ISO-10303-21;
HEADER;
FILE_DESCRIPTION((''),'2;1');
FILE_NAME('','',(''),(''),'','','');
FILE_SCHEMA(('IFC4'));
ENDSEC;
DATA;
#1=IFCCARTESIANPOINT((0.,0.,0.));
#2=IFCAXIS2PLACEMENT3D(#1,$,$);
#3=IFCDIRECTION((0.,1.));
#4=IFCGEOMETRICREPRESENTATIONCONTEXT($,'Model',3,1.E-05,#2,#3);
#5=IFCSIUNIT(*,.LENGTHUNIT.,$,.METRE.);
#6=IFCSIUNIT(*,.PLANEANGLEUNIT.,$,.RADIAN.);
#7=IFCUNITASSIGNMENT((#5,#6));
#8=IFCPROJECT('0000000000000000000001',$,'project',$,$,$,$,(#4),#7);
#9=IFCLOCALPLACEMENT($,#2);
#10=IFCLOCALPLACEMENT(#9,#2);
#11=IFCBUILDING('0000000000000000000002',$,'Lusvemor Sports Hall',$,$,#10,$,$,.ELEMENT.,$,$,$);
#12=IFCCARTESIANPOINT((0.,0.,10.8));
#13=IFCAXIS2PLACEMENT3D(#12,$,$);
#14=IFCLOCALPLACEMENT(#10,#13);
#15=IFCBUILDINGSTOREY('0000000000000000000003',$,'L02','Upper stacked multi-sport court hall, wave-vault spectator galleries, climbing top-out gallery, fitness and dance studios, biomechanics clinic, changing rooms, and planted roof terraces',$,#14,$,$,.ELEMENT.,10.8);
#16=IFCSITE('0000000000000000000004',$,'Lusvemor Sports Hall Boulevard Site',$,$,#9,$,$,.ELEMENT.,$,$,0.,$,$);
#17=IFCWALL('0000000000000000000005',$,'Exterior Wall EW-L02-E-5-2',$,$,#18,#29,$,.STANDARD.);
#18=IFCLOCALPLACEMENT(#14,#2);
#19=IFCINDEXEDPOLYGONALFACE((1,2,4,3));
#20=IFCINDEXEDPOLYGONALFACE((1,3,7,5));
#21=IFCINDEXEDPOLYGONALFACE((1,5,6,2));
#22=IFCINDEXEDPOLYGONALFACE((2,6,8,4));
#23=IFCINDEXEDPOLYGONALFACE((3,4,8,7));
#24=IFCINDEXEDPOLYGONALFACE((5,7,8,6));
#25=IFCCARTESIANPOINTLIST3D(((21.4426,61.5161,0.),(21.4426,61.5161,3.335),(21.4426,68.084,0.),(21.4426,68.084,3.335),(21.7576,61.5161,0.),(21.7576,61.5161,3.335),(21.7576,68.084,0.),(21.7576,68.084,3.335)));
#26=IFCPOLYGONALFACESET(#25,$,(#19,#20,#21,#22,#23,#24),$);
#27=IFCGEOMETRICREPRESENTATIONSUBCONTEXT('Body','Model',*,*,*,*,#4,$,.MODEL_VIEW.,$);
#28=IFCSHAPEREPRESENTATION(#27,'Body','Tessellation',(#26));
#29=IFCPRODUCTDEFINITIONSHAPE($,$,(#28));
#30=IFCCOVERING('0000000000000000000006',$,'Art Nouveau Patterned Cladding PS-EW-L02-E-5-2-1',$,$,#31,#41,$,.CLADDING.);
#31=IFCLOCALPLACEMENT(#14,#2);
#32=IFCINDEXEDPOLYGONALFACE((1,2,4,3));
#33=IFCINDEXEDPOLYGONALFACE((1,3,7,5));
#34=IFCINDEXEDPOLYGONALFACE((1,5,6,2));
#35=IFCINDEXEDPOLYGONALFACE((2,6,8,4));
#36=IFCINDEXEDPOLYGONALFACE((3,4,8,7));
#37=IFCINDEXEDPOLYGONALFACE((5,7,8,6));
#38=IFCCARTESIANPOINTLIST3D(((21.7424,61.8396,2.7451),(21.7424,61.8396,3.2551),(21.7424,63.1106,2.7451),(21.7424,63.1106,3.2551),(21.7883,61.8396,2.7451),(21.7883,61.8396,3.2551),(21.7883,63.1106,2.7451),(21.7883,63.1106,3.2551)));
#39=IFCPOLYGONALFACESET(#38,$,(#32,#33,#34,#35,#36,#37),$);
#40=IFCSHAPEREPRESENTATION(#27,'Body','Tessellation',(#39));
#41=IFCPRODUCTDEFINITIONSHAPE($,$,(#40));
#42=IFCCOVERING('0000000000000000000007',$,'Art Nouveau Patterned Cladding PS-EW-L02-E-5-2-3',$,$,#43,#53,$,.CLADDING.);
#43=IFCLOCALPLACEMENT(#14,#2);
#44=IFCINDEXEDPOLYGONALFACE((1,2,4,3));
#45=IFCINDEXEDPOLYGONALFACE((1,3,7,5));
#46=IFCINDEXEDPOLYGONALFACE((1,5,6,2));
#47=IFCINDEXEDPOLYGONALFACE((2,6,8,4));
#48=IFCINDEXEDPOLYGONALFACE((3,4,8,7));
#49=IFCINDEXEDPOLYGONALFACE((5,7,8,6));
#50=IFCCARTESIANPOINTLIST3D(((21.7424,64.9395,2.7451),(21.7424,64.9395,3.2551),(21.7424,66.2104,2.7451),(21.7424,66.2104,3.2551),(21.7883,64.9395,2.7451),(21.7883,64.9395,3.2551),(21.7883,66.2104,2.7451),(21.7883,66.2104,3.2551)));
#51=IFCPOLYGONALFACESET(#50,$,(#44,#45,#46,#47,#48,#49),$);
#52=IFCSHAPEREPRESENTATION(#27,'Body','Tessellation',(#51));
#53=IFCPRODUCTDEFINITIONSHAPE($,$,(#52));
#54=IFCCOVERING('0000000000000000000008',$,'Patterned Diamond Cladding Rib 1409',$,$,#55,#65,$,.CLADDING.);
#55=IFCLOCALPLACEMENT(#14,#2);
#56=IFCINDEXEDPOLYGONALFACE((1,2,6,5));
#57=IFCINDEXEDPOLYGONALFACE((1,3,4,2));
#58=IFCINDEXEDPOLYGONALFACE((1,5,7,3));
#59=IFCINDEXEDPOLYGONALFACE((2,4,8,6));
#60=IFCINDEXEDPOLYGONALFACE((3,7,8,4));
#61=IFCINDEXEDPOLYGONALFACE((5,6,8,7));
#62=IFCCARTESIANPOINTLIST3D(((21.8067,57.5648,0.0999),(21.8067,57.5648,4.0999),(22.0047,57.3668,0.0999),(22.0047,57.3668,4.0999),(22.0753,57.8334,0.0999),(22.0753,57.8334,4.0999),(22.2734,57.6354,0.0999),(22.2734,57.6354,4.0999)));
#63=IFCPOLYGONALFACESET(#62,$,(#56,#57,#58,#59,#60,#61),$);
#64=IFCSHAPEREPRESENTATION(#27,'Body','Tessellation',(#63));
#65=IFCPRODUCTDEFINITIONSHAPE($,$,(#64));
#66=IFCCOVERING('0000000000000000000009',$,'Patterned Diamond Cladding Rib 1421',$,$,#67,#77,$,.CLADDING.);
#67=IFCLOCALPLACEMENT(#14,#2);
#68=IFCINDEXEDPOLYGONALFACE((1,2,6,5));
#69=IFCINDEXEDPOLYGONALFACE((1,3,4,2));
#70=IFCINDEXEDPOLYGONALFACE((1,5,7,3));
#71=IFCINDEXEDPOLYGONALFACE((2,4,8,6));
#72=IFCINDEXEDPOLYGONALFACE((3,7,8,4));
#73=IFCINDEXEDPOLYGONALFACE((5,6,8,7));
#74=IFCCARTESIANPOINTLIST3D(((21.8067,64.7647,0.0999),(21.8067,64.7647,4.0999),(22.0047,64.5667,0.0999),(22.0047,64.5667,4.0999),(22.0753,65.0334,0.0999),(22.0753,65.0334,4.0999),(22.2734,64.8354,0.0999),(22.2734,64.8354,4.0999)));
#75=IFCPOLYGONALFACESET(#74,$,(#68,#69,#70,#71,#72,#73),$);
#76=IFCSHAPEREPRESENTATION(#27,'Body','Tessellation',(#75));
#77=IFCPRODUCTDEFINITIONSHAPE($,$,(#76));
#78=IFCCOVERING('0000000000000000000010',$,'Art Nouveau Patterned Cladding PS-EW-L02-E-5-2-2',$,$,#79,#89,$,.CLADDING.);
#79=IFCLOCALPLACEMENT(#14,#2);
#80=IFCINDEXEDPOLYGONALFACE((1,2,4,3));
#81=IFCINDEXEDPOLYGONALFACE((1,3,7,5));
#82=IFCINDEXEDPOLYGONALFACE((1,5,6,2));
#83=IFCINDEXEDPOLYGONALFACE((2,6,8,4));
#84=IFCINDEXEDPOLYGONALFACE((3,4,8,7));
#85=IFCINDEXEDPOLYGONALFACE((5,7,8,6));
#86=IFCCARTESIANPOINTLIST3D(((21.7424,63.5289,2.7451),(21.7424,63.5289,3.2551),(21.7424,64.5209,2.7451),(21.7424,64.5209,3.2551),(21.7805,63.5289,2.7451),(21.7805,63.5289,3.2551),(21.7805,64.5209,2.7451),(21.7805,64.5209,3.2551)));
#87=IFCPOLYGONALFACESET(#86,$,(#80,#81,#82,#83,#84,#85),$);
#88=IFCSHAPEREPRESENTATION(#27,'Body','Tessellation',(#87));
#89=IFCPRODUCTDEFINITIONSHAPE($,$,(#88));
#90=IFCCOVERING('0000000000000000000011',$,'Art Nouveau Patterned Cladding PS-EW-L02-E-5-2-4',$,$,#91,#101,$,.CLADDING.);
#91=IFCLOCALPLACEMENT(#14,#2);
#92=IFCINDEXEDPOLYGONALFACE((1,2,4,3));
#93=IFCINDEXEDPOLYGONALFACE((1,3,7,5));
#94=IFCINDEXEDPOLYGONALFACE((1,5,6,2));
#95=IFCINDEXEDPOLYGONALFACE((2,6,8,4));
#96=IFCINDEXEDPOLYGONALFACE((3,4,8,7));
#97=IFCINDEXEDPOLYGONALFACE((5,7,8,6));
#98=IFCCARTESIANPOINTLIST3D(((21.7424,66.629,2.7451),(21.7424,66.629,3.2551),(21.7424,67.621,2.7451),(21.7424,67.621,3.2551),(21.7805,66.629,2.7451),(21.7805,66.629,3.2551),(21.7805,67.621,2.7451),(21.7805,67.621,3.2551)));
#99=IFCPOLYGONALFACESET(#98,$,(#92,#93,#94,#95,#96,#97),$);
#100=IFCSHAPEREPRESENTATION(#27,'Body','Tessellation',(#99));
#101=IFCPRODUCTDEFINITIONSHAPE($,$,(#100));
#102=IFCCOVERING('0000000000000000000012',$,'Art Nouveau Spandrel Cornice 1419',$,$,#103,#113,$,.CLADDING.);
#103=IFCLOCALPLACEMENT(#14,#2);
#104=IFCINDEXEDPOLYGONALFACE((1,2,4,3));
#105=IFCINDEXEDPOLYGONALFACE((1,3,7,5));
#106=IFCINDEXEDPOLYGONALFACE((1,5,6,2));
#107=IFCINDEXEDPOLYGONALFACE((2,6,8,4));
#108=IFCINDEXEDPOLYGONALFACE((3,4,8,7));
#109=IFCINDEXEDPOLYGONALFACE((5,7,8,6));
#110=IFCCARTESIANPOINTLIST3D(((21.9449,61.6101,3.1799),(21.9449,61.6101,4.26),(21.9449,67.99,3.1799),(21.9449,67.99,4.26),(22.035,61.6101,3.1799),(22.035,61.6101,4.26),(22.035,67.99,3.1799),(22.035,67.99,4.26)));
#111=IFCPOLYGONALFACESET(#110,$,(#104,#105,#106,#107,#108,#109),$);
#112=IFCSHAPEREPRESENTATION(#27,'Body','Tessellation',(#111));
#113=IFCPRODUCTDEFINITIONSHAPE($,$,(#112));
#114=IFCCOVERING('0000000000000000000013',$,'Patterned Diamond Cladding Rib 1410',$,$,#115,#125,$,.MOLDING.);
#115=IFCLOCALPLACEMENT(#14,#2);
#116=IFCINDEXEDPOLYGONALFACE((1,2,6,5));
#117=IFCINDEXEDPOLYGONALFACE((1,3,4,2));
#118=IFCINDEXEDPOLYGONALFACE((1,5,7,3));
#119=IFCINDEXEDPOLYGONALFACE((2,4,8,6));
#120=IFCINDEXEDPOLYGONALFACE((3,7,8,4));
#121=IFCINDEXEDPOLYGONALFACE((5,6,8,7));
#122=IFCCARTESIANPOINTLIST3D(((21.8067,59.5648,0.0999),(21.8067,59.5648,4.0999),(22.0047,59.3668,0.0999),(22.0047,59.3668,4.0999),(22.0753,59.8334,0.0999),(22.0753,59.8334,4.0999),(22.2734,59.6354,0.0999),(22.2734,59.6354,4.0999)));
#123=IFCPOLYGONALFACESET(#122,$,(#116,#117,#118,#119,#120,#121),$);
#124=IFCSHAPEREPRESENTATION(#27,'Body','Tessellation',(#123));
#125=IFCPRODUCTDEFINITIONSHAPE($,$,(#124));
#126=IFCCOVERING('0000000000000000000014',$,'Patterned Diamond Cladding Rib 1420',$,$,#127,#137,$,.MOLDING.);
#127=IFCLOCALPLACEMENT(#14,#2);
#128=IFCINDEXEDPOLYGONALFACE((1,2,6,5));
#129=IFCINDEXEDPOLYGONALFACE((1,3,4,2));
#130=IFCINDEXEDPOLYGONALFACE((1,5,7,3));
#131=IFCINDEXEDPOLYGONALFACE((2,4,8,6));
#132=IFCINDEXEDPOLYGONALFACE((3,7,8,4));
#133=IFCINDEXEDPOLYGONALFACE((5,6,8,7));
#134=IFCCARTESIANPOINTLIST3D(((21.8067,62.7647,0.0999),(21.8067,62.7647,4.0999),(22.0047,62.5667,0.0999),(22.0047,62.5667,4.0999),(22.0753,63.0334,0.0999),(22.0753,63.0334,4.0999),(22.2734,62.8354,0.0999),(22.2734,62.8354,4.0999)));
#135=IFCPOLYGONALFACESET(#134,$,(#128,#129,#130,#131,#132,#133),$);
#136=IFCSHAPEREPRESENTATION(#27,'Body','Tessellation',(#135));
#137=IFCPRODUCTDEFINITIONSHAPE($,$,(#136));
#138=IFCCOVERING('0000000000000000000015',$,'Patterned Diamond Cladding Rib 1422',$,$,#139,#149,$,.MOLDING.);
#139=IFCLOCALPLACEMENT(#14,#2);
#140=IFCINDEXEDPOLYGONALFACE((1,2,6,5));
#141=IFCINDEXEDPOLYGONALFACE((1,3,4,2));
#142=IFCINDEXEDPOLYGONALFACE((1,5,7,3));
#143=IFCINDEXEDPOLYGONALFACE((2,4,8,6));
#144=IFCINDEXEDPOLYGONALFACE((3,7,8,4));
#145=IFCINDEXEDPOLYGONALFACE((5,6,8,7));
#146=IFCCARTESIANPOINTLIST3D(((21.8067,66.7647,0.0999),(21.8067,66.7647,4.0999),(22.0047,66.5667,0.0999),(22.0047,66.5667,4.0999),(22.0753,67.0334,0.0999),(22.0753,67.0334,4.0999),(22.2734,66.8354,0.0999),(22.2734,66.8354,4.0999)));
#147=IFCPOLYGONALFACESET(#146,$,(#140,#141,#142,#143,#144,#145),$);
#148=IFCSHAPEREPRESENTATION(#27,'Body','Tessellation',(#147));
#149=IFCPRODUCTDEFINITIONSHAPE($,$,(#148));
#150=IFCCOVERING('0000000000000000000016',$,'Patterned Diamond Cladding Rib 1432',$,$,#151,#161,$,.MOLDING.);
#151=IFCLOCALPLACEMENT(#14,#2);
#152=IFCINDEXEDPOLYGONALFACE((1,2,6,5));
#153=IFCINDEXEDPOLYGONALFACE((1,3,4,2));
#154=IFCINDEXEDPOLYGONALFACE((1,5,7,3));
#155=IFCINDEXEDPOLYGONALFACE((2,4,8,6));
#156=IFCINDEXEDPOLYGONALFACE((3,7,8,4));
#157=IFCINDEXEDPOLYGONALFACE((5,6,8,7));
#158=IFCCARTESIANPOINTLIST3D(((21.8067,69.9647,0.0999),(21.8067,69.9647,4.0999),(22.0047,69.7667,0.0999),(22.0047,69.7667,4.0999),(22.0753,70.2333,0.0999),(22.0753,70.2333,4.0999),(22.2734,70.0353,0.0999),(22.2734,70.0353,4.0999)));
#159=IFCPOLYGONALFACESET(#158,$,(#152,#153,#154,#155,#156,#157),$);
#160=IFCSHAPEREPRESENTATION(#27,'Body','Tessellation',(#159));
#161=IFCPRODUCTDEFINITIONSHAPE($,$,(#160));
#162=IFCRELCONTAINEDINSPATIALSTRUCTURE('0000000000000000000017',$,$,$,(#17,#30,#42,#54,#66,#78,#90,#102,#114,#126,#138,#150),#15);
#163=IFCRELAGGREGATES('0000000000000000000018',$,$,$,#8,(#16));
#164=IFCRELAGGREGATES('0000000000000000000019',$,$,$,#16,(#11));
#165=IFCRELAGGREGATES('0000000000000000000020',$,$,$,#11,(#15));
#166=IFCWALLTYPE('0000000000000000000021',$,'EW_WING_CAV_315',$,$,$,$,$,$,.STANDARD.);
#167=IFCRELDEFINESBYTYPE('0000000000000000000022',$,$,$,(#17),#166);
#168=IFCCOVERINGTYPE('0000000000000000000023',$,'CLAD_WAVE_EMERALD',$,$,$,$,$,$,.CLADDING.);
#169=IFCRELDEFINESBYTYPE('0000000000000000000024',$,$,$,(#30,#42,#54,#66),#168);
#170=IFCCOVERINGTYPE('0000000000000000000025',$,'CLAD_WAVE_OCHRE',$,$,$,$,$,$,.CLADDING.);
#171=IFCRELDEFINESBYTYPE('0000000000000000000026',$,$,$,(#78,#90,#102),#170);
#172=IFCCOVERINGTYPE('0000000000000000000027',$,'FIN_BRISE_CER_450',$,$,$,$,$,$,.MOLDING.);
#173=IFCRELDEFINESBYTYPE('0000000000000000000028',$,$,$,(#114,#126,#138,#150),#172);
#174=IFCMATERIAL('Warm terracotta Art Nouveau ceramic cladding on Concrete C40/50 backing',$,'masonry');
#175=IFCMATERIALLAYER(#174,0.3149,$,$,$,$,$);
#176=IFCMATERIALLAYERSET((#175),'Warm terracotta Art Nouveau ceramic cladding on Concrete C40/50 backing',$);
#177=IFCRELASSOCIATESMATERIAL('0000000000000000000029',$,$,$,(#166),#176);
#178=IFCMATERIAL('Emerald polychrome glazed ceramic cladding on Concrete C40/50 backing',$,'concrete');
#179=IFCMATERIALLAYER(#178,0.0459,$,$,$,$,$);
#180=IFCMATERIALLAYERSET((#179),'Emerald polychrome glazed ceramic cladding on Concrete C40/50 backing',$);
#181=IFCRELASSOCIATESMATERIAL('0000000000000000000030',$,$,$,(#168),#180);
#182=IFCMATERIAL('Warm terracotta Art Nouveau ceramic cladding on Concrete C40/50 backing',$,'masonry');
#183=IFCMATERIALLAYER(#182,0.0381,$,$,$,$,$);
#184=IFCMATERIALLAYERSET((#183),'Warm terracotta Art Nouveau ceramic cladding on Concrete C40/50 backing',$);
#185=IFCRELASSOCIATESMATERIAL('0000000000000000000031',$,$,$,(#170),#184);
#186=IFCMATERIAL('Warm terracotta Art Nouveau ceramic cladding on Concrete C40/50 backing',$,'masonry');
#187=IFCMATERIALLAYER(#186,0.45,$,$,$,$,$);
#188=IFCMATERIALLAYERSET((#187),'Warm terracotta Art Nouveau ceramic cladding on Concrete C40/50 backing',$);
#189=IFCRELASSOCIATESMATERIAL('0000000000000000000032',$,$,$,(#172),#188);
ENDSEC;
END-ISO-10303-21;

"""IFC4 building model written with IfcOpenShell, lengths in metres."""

from ifc_helpers import new_model, si_unit, direction, frame, frame_2d, origin, origin_2d, place, context, subcontext, project, spatial, rectangle, extrude, material, layer, layer_set, type_object, element, save


model = new_model("IFC4")

# Units and contexts
model_context = context("Model", 3, precision=1e-05, world=origin(), true_north=direction((0.0, 1.0)))
body_context = subcontext(model_context, "Body", "Model", "MODEL_VIEW")
ifc_project = project(units=[si_unit("LENGTHUNIT", "METRE"), si_unit("PLANEANGLEUNIT", "RADIAN")], contexts=[model_context])

# Site, building, storey
site_placement = place(None, origin())
site = spatial("IfcSite", under=ifc_project, at=site_placement, Name="Lusvemor Sports Hall Boulevard Site", CompositionType="ELEMENT", RefElevation=0.0)
building_placement = place(site_placement, origin())
building = spatial("IfcBuilding", under=site, at=building_placement, Name="Lusvemor Sports Hall", CompositionType="ELEMENT")
storey_placement = place(building_placement, frame((0.0, 0.0, 10.8)))
storey = spatial("IfcBuildingStorey", under=building, at=storey_placement, Name="L02", Description="Upper stacked multi-sport court hall, wave-vault spectator galleries, climbing top-out gallery, fitness and dance studios, biomechanics clinic, changing rooms, and planted roof terraces", CompositionType="ELEMENT", Elevation=10.8)

# Wall
ifc_material_1 = material(Name="Warm terracotta Art Nouveau ceramic cladding on Concrete C40/50 backing", Category="masonry")
ifc_layer_1 = layer(ifc_material_1, 0.3149)
ifc_layer_set_1 = layer_set([ifc_layer_1], Name="Warm terracotta Art Nouveau ceramic cladding on Concrete C40/50 backing")
wall_type = type_object("IfcWallType", Name="EW_WING_CAV_315", PredefinedType="STANDARD", material=ifc_layer_set_1)
wall_placement = place(storey_placement, frame((21.6001, 68.084, 0.0), z_axis=(0.0, 0.0, 1.0), x_axis=(0.0, -1.0, 0.0)))
element("IfcWall", 1, at=wall_placement, inside=storey, type_object=wall_type, Name="Exterior Wall EW-L02-E-5-2", PredefinedType="STANDARD", context=body_context, shape_type="SweptSolid", body=[
    extrude(rectangle(XDim=6.5679, YDim=0.3149, at=frame_2d((3.2839, 0.0))), origin(), (0.0, 0.0, 1.0), 3.335),
])

# Coverings
ifc_material_2 = material(Name="Emerald polychrome glazed ceramic cladding on Concrete C40/50 backing", Category="concrete")
ifc_layer_2 = layer(ifc_material_2, 0.0459)
ifc_layer_set_2 = layer_set([ifc_layer_2], Name="Emerald polychrome glazed ceramic cladding on Concrete C40/50 backing")
covering_type_1 = type_object("IfcCoveringType", Name="CLAD_WAVE_EMERALD", PredefinedType="CLADDING", material=ifc_layer_set_2)
for number, where, z_axis, x_axis, name in (
    (2, (21.7654, 62.4751, 2.7451), (0.0, 0.0, 1.0), (1.0, 0.0, 0.0), "Art Nouveau Patterned Cladding PS-EW-L02-E-5-2-1"),
    (3, (21.7654, 65.575, 2.7451), (0.0, 0.0, 1.0), (1.0, 0.0, 0.0), "Art Nouveau Patterned Cladding PS-EW-L02-E-5-2-3"),
):
    element("IfcCovering", number, at=place(storey_placement, frame(where, z_axis=z_axis, x_axis=x_axis)), inside=storey, type_object=covering_type_1, Name=name, PredefinedType="CLADDING", context=body_context, shape_type="SweptSolid", body=[
        extrude(rectangle(XDim=0.0459, YDim=1.271, at=origin_2d()), origin(), (0.0, 0.0, 1.0), 0.51),
    ])
for number, where, z_axis, x_axis, name in (
    (4, (22.04, 57.6001, 0.0999), (0.0, 0.0, 1.0), (0.707107, 0.707107, 0.0), "Patterned Diamond Cladding Rib 1409"),
    (5, (22.04, 64.8, 0.0999), (0.0, 0.0, 1.0), (0.707107, 0.707107, 0.0), "Patterned Diamond Cladding Rib 1421"),
):
    element("IfcCovering", number, at=place(storey_placement, frame(where, z_axis=z_axis, x_axis=x_axis)), inside=storey, type_object=covering_type_1, Name=name, PredefinedType="CLADDING", context=body_context, shape_type="SweptSolid", body=[
        extrude(rectangle(XDim=0.3799, YDim=0.28, at=origin_2d()), origin(), (0.0, 0.0, 1.0), 4.0),
    ])
ifc_material_3 = material(Name="Warm terracotta Art Nouveau ceramic cladding on Concrete C40/50 backing", Category="masonry")
ifc_layer_3 = layer(ifc_material_3, 0.0381)
ifc_layer_set_3 = layer_set([ifc_layer_3], Name="Warm terracotta Art Nouveau ceramic cladding on Concrete C40/50 backing")
covering_type_2 = type_object("IfcCoveringType", Name="CLAD_WAVE_OCHRE", PredefinedType="CLADDING", material=ifc_layer_set_3)
for number, where, z_axis, x_axis, name in (
    (6, (21.7615, 64.0249, 2.7451), (0.0, 0.0, 1.0), (1.0, 0.0, 0.0), "Art Nouveau Patterned Cladding PS-EW-L02-E-5-2-2"),
    (7, (21.7615, 67.125, 2.7451), (0.0, 0.0, 1.0), (1.0, 0.0, 0.0), "Art Nouveau Patterned Cladding PS-EW-L02-E-5-2-4"),
):
    element("IfcCovering", number, at=place(storey_placement, frame(where, z_axis=z_axis, x_axis=x_axis)), inside=storey, type_object=covering_type_2, Name=name, PredefinedType="CLADDING", context=body_context, shape_type="SweptSolid", body=[
        extrude(rectangle(XDim=0.0381, YDim=0.9919, at=origin_2d()), origin(), (0.0, 0.0, 1.0), 0.51),
    ])
covering_placement = place(storey_placement, frame((21.99, 64.8, 3.1799), z_axis=(0.0, 0.0, 1.0), x_axis=(1.0, 0.0, 0.0)))
element("IfcCovering", 8, at=covering_placement, inside=storey, type_object=covering_type_2, Name="Art Nouveau Spandrel Cornice 1419", PredefinedType="CLADDING", context=body_context, shape_type="SweptSolid", body=[
    extrude(rectangle(XDim=0.0901, YDim=6.3799, at=origin_2d()), origin(), (0.0, 0.0, 1.0), 1.0801),
])
ifc_material_4 = material(Name="Warm terracotta Art Nouveau ceramic cladding on Concrete C40/50 backing", Category="masonry")
ifc_layer_4 = layer(ifc_material_4, 0.45)
ifc_layer_set_4 = layer_set([ifc_layer_4], Name="Warm terracotta Art Nouveau ceramic cladding on Concrete C40/50 backing")
covering_type_3 = type_object("IfcCoveringType", Name="FIN_BRISE_CER_450", PredefinedType="MOLDING", material=ifc_layer_set_4)
for number, where, z_axis, x_axis, name in (
    (9, (22.04, 59.6001, 0.0999), (0.0, 0.0, 1.0), (0.707107, 0.707107, 0.0), "Patterned Diamond Cladding Rib 1410"),
    (10, (22.04, 62.8, 0.0999), (0.0, 0.0, 1.0), (0.707107, 0.707107, 0.0), "Patterned Diamond Cladding Rib 1420"),
    (11, (22.04, 66.8, 0.0999), (0.0, 0.0, 1.0), (0.707107, 0.707107, 0.0), "Patterned Diamond Cladding Rib 1422"),
    (12, (22.04, 70.0, 0.0999), (0.0, 0.0, 1.0), (0.707107, 0.707107, 0.0), "Patterned Diamond Cladding Rib 1432"),
):
    element("IfcCovering", number, at=place(storey_placement, frame(where, z_axis=z_axis, x_axis=x_axis)), inside=storey, type_object=covering_type_3, Name=name, PredefinedType="MOLDING", context=body_context, shape_type="SweptSolid", body=[
        extrude(rectangle(XDim=0.3799, YDim=0.28, at=origin_2d()), origin(), (0.0, 0.0, 1.0), 4.0),
    ])

save(model, "model.ifc")
